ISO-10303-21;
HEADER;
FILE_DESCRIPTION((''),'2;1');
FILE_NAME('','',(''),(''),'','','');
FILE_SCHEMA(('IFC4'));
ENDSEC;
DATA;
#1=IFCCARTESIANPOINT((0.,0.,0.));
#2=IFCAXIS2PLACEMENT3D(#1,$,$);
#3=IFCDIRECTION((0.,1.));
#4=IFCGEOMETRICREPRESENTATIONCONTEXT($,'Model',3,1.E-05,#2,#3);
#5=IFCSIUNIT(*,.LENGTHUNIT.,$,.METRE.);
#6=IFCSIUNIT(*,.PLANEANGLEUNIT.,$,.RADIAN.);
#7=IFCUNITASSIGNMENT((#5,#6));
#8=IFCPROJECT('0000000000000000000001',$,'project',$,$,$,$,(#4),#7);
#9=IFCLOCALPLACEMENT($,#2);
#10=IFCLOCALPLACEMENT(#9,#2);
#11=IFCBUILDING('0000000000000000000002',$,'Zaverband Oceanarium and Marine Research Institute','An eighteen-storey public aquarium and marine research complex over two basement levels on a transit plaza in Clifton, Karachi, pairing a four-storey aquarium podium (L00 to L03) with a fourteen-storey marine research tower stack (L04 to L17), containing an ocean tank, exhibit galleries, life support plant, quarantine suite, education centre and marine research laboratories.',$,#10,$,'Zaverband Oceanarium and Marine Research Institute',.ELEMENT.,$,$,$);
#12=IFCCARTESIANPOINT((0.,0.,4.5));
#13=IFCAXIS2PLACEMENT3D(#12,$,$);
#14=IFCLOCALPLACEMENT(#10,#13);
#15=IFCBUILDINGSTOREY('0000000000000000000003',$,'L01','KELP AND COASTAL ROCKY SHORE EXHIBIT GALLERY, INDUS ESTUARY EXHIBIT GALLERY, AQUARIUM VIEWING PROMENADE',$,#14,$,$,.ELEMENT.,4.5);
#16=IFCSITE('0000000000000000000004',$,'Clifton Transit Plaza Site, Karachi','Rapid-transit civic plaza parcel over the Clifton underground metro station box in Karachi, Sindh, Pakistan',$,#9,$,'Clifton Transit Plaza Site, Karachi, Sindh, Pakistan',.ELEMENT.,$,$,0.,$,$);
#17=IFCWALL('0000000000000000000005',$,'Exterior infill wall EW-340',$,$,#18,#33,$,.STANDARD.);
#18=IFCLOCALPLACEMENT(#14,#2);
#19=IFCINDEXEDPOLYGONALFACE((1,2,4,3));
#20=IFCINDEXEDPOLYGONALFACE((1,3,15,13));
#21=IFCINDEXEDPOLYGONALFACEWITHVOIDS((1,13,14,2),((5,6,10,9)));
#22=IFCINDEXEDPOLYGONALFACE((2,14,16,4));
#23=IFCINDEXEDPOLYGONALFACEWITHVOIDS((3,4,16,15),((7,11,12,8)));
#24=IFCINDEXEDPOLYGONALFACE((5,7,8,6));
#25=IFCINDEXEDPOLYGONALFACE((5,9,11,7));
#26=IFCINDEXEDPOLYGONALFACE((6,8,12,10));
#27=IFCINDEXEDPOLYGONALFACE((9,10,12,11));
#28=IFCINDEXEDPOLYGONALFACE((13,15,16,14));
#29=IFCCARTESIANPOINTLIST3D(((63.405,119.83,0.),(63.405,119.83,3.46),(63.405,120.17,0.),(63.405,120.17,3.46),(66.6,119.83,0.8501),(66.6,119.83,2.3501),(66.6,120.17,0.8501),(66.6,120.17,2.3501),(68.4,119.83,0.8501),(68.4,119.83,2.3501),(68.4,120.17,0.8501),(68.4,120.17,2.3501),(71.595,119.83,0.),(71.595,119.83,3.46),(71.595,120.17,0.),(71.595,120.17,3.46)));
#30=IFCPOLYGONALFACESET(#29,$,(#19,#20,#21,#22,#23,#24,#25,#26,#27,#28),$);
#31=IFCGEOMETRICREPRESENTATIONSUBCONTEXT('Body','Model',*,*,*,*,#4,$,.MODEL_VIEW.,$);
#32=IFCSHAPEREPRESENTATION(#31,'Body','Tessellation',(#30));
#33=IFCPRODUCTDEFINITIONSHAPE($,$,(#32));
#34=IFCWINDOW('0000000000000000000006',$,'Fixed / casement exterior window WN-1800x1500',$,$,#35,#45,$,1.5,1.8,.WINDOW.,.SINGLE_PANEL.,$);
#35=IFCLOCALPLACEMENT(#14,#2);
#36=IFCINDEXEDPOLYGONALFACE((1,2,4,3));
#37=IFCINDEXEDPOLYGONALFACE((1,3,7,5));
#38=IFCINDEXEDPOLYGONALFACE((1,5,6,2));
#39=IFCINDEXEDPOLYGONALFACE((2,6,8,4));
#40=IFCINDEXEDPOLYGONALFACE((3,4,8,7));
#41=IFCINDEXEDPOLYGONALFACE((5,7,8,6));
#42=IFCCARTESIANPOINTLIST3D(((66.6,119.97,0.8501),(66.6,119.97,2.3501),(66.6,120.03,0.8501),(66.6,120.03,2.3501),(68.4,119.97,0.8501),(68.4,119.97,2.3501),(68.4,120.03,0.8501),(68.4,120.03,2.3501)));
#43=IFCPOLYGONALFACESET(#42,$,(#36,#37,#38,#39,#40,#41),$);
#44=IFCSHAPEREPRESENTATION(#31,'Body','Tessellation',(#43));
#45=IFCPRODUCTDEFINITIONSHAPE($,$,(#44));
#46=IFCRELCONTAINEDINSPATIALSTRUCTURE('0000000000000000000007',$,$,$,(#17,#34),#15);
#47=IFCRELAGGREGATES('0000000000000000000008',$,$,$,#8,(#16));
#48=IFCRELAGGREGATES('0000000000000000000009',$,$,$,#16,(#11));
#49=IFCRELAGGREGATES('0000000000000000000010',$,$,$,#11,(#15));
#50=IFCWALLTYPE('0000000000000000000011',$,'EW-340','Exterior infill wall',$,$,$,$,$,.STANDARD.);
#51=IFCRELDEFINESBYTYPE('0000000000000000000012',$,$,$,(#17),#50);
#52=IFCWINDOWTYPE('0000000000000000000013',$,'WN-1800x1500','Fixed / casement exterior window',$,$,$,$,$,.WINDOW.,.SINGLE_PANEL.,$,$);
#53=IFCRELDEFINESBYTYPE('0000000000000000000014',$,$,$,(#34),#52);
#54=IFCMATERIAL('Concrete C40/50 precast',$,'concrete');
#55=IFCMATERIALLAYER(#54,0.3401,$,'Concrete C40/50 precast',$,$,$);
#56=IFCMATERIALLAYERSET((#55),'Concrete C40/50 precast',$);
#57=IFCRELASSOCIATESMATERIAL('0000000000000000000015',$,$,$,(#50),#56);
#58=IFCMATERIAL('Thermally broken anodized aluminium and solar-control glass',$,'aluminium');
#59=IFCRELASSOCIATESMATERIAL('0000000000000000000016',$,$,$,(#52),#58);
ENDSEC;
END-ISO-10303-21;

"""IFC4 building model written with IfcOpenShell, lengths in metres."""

from ifc_helpers import new_model, si_unit, direction, frame, frame_2d, origin, place, context, subcontext, project, spatial, rectangle, extrude, material, layer, layer_set, type_object, element, fill, save


model = new_model("IFC4")

# Units and contexts
model_context = context("Model", 3, precision=1e-05, world=origin(), true_north=direction((0.0, 1.0)))
body_context = subcontext(model_context, "Body", "Model", "MODEL_VIEW")
ifc_project = project(units=[si_unit("LENGTHUNIT", "METRE"), si_unit("PLANEANGLEUNIT", "RADIAN")], contexts=[model_context])

# Site, building, storey
site_placement = place(None, origin())
site = spatial("IfcSite", under=ifc_project, at=site_placement, Name="Clifton Transit Plaza Site, Karachi", Description="Rapid-transit civic plaza parcel over the Clifton underground metro station box in Karachi, Sindh, Pakistan", LongName="Clifton Transit Plaza Site, Karachi, Sindh, Pakistan", CompositionType="ELEMENT", RefElevation=0.0)
building_placement = place(site_placement, origin())
building = spatial("IfcBuilding", under=site, at=building_placement, Name="Zaverband Oceanarium and Marine Research Institute", Description="An eighteen-storey public aquarium and marine research complex over two basement levels on a transit plaza in Clifton, Karachi, pairing a four-storey aquarium podium (L00 to L03) with a fourteen-storey marine research tower stack (L04 to L17), containing an ocean tank, exhibit galleries, life support plant, quarantine suite, education centre and marine research laboratories.", LongName="Zaverband Oceanarium and Marine Research Institute", CompositionType="ELEMENT")
storey_placement = place(building_placement, frame((0.0, 0.0, 4.5)))
storey = spatial("IfcBuildingStorey", under=building, at=storey_placement, Name="L01", Description="KELP AND COASTAL ROCKY SHORE EXHIBIT GALLERY, INDUS ESTUARY EXHIBIT GALLERY, AQUARIUM VIEWING PROMENADE", CompositionType="ELEMENT", Elevation=4.5)

# Shared definitions
ifc_material_1 = material(Name="Thermally broken anodized aluminium and solar-control glass", Category="aluminium")

# Wall, opening, window
ifc_material_2 = material(Name="Concrete C40/50 precast", Category="concrete")
ifc_layer_1 = layer(ifc_material_2, 0.3401, Name="Concrete C40/50 precast")
ifc_layer_set_1 = layer_set([ifc_layer_1], Name="Concrete C40/50 precast")
wall_type = type_object("IfcWallType", Name="EW-340", Description="Exterior infill wall", PredefinedType="STANDARD", material=ifc_layer_set_1)
wall_placement = place(storey_placement, frame((63.405, 120.0, 0.0), z_axis=(0.0, 0.0, 1.0), x_axis=(1.0, 0.0, 0.0)))
wall = element("IfcWall", 1, at=wall_placement, inside=storey, type_object=wall_type, Name="Exterior infill wall EW-340", PredefinedType="STANDARD", context=body_context, shape_type="SweptSolid", body=[
    extrude(rectangle(XDim=8.1899, YDim=0.3401, at=frame_2d((4.095, 0.0))), origin(), (0.0, 0.0, 1.0), 3.46),
])
opening_placement = place(wall_placement, frame((3.1951, 0.0, 0.8501)))
opening = element("IfcOpeningElement", 2, at=opening_placement, cuts=wall, PredefinedType="OPENING", context=body_context, shape_type="SweptSolid", body=[
    extrude(rectangle(XDim=1.8, YDim=1.5, at=frame_2d((0.8999, 0.75))), frame((0.0, 0.1821, 0.0), z_axis=(0.0, -1.0, 0.0), x_axis=(1.0, 0.0, 0.0)), (0.0, 0.0, 1.0), 0.364),
])
window_type = type_object("IfcWindowType", Name="WN-1800x1500", Description="Fixed / casement exterior window", PartitioningType="SINGLE_PANEL", PredefinedType="WINDOW", material=ifc_material_1)
window_placement = place(opening_placement, origin())
window = element("IfcWindow", 3, at=window_placement, inside=storey, type_object=window_type, Name="Fixed / casement exterior window WN-1800x1500", OverallHeight=1.5, OverallWidth=1.8, PartitioningType="SINGLE_PANEL", PredefinedType="WINDOW", context=body_context, shape_type="SweptSolid", body=[
    extrude(rectangle(XDim=1.8, YDim=1.5, at=frame_2d((0.8999, 0.75))), frame((0.0, 0.03, 0.0), z_axis=(0.0, -1.0, 0.0), x_axis=(1.0, 0.0, 0.0)), (0.0, 0.0, 1.0), 0.0601),
])
fill(opening, window)

save(model, "model.ifc")
